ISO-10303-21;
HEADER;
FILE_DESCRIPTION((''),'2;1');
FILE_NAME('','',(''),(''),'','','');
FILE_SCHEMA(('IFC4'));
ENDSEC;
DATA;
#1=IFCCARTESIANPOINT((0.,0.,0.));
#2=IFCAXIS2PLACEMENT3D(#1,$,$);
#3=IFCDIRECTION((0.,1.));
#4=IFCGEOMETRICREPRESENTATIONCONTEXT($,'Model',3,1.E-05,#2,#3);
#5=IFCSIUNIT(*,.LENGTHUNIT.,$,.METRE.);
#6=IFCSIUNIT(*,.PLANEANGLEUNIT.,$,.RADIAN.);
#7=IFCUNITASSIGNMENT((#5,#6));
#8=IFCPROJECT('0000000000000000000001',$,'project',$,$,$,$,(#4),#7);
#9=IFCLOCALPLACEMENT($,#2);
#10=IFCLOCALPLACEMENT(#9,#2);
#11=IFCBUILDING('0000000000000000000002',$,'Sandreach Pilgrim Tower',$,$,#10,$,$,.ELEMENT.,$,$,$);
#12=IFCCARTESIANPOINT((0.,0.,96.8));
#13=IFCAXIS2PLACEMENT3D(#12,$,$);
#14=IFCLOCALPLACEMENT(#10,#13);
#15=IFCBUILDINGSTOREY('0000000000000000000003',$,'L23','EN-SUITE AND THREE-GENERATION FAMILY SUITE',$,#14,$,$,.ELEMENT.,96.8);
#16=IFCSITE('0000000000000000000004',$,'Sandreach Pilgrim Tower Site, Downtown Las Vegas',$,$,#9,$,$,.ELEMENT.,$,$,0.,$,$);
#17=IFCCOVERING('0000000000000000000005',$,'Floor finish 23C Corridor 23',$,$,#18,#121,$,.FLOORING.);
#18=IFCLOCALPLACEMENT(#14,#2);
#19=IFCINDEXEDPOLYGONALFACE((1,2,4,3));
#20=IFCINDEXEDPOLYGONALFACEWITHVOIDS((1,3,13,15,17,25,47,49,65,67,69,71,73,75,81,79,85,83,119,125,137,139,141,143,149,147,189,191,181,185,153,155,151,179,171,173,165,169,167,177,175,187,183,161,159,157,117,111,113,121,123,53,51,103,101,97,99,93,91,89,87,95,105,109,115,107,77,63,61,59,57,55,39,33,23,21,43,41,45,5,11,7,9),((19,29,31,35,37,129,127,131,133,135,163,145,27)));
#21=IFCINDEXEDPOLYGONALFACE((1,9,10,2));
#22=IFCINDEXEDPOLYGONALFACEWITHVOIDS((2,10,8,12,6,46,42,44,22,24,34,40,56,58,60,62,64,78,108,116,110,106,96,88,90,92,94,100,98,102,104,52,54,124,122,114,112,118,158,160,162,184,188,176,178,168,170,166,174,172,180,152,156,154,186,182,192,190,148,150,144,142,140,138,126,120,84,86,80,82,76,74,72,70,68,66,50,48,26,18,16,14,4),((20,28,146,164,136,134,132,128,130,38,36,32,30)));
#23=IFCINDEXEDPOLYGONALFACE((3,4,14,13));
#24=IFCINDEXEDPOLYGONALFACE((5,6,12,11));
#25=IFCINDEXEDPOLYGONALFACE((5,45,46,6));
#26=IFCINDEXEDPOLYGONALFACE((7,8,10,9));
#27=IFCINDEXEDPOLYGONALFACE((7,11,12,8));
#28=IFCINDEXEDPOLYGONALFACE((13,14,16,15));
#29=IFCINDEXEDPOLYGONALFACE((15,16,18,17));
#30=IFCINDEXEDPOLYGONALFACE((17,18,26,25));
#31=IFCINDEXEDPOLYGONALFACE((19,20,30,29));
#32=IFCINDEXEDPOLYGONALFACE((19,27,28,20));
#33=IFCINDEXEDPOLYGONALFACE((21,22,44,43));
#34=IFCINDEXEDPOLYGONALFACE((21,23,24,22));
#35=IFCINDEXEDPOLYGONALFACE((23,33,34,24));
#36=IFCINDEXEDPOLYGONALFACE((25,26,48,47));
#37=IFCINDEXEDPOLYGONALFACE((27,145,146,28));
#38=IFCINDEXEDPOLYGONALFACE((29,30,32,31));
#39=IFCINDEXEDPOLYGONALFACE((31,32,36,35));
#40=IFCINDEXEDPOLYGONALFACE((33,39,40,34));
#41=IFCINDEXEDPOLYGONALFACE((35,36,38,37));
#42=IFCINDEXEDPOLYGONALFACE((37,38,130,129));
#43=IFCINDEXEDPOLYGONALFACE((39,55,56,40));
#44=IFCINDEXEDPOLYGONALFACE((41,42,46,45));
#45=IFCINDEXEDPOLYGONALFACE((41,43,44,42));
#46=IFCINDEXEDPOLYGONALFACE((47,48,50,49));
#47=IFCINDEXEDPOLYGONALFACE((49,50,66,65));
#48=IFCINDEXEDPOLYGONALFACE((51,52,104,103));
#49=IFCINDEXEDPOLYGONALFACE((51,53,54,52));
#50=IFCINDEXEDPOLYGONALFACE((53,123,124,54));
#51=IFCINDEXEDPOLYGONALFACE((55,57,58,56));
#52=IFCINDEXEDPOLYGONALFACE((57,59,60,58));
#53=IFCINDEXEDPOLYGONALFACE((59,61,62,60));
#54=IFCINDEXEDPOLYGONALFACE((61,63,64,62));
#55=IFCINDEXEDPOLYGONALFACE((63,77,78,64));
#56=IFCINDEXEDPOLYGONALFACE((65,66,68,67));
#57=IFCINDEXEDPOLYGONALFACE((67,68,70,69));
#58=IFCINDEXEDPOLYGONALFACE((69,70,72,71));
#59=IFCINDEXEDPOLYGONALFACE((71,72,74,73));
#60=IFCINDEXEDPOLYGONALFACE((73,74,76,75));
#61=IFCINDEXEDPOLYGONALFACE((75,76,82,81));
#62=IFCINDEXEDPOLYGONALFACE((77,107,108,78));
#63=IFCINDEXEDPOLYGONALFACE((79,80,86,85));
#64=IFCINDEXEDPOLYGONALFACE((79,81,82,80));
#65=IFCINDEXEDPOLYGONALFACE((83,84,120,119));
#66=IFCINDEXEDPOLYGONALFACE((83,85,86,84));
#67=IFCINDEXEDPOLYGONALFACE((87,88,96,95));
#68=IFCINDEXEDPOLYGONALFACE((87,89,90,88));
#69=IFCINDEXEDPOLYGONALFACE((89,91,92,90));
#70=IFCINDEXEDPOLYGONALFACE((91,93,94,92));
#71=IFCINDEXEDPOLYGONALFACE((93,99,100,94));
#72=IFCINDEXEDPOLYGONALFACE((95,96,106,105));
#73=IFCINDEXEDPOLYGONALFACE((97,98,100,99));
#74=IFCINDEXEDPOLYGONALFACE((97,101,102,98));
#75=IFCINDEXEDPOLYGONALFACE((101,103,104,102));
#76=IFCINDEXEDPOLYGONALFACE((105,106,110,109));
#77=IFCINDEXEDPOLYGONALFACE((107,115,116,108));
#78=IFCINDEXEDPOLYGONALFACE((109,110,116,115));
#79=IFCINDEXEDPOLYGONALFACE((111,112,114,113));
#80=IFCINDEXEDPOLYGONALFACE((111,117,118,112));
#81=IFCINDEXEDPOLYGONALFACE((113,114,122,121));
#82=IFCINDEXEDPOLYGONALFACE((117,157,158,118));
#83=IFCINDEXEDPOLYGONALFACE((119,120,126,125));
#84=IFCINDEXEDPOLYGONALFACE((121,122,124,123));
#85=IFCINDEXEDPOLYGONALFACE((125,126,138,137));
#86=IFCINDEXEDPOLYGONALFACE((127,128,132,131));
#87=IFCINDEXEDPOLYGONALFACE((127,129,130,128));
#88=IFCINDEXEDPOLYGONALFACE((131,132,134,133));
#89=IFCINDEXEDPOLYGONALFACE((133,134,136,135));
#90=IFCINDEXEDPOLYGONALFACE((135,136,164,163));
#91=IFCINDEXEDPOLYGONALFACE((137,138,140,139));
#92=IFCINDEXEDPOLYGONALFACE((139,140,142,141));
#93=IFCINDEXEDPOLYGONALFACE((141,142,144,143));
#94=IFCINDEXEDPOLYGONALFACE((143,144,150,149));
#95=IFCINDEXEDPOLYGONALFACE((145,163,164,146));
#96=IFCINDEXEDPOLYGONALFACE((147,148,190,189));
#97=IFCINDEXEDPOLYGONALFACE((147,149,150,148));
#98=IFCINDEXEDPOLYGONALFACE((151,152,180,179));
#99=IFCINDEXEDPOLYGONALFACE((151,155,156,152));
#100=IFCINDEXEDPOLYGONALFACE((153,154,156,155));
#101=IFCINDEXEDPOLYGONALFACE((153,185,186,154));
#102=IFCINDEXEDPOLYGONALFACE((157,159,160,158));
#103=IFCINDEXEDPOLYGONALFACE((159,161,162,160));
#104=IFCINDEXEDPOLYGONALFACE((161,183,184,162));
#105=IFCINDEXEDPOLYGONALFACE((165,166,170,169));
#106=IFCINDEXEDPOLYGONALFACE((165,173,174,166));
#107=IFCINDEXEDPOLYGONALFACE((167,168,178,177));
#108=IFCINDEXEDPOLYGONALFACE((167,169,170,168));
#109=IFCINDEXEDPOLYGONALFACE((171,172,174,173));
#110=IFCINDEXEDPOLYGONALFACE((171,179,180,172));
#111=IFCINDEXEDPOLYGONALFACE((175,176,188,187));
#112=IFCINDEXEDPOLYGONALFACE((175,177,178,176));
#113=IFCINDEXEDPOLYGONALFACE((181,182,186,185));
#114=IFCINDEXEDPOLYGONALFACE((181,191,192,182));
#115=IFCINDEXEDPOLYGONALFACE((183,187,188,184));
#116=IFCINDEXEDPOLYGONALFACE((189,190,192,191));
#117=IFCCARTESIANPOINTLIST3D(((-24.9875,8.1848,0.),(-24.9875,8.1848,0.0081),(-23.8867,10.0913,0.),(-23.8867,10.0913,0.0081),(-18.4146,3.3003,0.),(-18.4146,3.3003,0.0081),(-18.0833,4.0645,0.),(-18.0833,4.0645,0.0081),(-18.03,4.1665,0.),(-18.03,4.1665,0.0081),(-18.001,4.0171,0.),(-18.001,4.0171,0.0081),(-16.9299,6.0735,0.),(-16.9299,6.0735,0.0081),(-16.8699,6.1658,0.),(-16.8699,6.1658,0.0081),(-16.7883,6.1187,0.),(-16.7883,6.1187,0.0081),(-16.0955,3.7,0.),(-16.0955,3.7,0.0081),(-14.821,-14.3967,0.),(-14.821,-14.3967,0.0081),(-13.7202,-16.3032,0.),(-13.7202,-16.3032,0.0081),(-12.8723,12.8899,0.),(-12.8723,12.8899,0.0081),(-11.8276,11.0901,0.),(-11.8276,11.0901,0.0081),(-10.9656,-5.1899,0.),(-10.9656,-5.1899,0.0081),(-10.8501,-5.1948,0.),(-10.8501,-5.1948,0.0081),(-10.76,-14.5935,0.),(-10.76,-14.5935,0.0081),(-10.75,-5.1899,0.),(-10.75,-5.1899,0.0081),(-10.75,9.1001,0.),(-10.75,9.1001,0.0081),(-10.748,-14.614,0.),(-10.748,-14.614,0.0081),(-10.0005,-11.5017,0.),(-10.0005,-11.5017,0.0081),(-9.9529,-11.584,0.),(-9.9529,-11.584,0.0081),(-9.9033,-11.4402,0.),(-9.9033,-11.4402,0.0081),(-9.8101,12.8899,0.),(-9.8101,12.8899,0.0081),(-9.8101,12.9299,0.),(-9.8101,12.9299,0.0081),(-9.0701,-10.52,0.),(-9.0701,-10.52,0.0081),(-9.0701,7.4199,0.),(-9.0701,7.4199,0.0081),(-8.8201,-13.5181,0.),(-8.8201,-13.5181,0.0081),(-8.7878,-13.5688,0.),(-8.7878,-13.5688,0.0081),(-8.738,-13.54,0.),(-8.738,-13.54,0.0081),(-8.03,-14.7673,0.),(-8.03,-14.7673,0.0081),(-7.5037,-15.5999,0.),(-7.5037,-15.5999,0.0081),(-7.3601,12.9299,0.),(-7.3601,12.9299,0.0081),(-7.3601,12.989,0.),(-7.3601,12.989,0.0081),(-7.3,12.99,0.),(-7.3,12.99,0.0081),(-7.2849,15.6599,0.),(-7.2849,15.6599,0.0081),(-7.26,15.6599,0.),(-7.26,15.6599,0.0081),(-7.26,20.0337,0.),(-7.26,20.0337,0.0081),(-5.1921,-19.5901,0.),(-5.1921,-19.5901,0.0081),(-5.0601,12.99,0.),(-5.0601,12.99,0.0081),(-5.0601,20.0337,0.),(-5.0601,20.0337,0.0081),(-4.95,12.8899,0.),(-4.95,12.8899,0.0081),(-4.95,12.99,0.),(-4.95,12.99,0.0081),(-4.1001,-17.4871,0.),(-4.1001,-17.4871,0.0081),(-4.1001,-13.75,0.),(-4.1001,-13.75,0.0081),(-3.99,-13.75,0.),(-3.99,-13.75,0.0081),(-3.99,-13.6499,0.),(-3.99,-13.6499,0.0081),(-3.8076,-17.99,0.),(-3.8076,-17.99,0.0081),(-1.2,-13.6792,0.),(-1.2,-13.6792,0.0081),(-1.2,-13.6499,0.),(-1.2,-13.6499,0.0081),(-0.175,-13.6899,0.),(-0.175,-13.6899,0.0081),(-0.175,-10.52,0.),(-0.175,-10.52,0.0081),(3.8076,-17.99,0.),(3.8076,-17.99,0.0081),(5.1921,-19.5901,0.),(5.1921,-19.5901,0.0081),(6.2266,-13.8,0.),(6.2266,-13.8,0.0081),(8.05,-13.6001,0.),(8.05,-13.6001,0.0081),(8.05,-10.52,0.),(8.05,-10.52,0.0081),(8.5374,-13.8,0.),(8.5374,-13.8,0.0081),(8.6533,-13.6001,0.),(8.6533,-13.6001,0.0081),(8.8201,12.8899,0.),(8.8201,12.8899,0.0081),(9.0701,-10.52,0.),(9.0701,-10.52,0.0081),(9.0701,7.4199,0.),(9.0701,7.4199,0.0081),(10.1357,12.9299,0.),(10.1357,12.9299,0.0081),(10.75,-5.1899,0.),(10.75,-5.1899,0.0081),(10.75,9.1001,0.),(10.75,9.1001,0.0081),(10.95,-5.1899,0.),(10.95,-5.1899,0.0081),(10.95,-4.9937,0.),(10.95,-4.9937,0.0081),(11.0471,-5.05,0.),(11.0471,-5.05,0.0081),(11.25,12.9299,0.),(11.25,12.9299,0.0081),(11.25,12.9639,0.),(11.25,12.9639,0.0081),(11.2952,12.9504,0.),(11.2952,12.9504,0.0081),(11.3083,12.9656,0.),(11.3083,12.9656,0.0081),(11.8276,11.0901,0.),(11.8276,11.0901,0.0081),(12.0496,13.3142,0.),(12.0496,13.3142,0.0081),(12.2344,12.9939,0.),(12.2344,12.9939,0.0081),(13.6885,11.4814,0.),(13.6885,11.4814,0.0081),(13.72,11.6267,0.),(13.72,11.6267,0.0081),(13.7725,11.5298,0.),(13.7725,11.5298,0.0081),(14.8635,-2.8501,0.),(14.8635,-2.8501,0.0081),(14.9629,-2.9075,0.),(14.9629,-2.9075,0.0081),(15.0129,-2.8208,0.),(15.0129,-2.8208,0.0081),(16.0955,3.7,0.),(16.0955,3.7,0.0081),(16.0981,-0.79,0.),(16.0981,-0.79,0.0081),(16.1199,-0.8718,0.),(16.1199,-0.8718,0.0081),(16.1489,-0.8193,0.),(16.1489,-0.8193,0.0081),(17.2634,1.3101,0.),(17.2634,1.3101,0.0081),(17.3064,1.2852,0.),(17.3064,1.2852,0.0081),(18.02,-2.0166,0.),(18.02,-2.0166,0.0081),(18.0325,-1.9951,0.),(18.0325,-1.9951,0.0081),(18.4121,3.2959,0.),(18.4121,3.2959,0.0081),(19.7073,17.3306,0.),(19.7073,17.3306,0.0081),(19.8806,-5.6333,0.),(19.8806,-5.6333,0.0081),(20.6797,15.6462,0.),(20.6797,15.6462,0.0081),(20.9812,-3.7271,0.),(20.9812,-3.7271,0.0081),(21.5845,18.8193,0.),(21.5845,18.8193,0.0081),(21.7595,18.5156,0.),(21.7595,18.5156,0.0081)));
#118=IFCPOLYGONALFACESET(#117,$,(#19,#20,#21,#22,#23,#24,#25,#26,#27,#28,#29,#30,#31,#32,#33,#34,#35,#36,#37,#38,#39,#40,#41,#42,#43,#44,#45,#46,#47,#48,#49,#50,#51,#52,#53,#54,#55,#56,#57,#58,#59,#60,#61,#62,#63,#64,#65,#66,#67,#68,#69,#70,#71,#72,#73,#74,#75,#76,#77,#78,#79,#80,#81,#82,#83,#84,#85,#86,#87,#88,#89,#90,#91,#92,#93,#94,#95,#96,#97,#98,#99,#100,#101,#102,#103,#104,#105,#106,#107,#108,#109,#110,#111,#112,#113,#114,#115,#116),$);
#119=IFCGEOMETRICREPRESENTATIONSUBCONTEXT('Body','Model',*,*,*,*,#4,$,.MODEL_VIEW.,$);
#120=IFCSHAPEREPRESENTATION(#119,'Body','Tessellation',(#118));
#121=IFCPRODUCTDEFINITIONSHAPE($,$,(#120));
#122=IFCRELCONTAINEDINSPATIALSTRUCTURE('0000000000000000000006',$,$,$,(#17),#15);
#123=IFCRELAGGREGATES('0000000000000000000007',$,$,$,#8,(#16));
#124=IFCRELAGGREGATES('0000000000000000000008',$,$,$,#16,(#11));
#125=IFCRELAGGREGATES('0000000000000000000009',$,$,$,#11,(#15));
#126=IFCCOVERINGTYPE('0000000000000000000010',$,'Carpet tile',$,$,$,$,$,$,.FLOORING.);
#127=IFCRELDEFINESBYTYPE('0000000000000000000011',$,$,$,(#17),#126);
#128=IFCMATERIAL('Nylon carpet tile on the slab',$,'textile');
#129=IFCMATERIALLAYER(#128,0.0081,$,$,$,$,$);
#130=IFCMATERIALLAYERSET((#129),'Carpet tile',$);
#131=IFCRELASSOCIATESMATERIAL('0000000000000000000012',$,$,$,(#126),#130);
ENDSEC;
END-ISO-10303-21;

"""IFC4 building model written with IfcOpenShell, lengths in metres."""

from ifc_helpers import new_model, si_unit, direction, frame, origin, place, context, subcontext, project, spatial, polyline, outline, extrude, material, layer, layer_set, type_object, element, save


model = new_model("IFC4")

# Units and contexts
model_context = context("Model", 3, precision=1e-05, world=origin(), true_north=direction((0.0, 1.0)))
body_context = subcontext(model_context, "Body", "Model", "MODEL_VIEW")
ifc_project = project(units=[si_unit("LENGTHUNIT", "METRE"), si_unit("PLANEANGLEUNIT", "RADIAN")], contexts=[model_context])

# Site, building, storey
site_placement = place(None, origin())
site = spatial("IfcSite", under=ifc_project, at=site_placement, Name="Sandreach Pilgrim Tower Site, Downtown Las Vegas", CompositionType="ELEMENT", RefElevation=0.0)
building_placement = place(site_placement, origin())
building = spatial("IfcBuilding", under=site, at=building_placement, Name="Sandreach Pilgrim Tower", CompositionType="ELEMENT")
storey_placement = place(building_placement, frame((0.0, 0.0, 96.8)))
storey = spatial("IfcBuildingStorey", under=building, at=storey_placement, Name="L23", Description="EN-SUITE AND THREE-GENERATION FAMILY SUITE", CompositionType="ELEMENT", Elevation=96.8)

# Covering
ifc_material_1 = material(Name="Nylon carpet tile on the slab", Category="textile")
ifc_layer_1 = layer(ifc_material_1, 0.0081)
ifc_layer_set_1 = layer_set([ifc_layer_1], Name="Carpet tile")
covering_type_1 = type_object("IfcCoveringType", Name="Carpet tile", PredefinedType="FLOORING", material=ifc_layer_set_1)
covering_1_placement = place(storey_placement, origin())
element("IfcCovering", 1, at=covering_1_placement, inside=storey, type_object=covering_type_1, Name="Floor finish 23C Corridor 23", PredefinedType="FLOORING", context=body_context, shape_type="SweptSolid", body=[
    extrude(outline(polyline([(-24.9875, 8.1848), (-23.8867, 10.0913), (-16.9299, 6.0735), (-16.8699, 6.1658), (-16.7883, 6.1187), (-12.8723, 12.8899), (-9.8101, 12.8899), (-9.8101, 12.9299), (-7.3601, 12.9299), (-7.3601, 12.989), (-7.3, 12.99), (-7.2849, 15.6599), (-7.26, 15.6599), (-7.26, 20.0337), (-5.0601, 20.0337), (-5.0601, 12.99), (-4.95, 12.99), (-4.95, 12.8899), (8.8201, 12.8899), (10.1357, 12.9299), (11.25, 12.9299), (11.25, 12.9639), (11.2952, 12.9504), (11.3083, 12.9656), (12.2344, 12.9939), (12.0496, 13.3142), (21.5845, 18.8193), (21.7595, 18.5156), (19.7073, 17.3306), (20.6797, 15.6462), (13.72, 11.6267), (13.7725, 11.5298), (13.6885, 11.4814), (18.4121, 3.2959), (17.2634, 1.3101), (17.3064, 1.2852), (16.0981, -0.79), (16.1489, -0.8193), (16.1199, -0.8718), (18.0325, -1.9951), (18.02, -2.0166), (20.9812, -3.7271), (19.8806, -5.6333), (15.0129, -2.8208), (14.9629, -2.9075), (14.8635, -2.8501), (8.6533, -13.6001), (8.05, -13.6001), (8.05, -10.52), (9.0701, -10.52), (9.0701, 7.4199), (-9.0701, 7.4199), (-9.0701, -10.52), (-0.175, -10.52), (-0.175, -13.6899), (-1.2, -13.6792), (-1.2, -13.6499), (-3.99, -13.6499), (-3.99, -13.75), (-4.1001, -13.75), (-4.1001, -17.4871), (-3.8076, -17.99), (3.8076, -17.99), (6.2266, -13.8), (8.5374, -13.8), (5.1921, -19.5901), (-5.1921, -19.5901), (-7.5037, -15.5999), (-8.03, -14.7673), (-8.738, -13.54), (-8.7878, -13.5688), (-8.8201, -13.5181), (-10.748, -14.614), (-10.76, -14.5935), (-13.7202, -16.3032), (-14.821, -14.3967), (-9.9529, -11.584), (-10.0005, -11.5017), (-9.9033, -11.4402), (-18.4146, 3.3003), (-18.001, 4.0171), (-18.0833, 4.0645), (-18.03, 4.1665), (-24.9875, 8.1848)]), holes=[polyline([(-16.0955, 3.7), (-10.9656, -5.1899), (-10.8501, -5.1948), (-10.75, -5.1899), (-10.75, 9.1001), (10.75, 9.1001), (10.75, -5.1899), (10.95, -5.1899), (10.95, -4.9937), (11.0471, -5.05), (16.0955, 3.7), (11.8276, 11.0901), (-11.8276, 11.0901), (-16.0955, 3.7)])]), origin(), (0.0, 0.0, 1.0), 0.0081),
])

save(model, "model.ifc")
